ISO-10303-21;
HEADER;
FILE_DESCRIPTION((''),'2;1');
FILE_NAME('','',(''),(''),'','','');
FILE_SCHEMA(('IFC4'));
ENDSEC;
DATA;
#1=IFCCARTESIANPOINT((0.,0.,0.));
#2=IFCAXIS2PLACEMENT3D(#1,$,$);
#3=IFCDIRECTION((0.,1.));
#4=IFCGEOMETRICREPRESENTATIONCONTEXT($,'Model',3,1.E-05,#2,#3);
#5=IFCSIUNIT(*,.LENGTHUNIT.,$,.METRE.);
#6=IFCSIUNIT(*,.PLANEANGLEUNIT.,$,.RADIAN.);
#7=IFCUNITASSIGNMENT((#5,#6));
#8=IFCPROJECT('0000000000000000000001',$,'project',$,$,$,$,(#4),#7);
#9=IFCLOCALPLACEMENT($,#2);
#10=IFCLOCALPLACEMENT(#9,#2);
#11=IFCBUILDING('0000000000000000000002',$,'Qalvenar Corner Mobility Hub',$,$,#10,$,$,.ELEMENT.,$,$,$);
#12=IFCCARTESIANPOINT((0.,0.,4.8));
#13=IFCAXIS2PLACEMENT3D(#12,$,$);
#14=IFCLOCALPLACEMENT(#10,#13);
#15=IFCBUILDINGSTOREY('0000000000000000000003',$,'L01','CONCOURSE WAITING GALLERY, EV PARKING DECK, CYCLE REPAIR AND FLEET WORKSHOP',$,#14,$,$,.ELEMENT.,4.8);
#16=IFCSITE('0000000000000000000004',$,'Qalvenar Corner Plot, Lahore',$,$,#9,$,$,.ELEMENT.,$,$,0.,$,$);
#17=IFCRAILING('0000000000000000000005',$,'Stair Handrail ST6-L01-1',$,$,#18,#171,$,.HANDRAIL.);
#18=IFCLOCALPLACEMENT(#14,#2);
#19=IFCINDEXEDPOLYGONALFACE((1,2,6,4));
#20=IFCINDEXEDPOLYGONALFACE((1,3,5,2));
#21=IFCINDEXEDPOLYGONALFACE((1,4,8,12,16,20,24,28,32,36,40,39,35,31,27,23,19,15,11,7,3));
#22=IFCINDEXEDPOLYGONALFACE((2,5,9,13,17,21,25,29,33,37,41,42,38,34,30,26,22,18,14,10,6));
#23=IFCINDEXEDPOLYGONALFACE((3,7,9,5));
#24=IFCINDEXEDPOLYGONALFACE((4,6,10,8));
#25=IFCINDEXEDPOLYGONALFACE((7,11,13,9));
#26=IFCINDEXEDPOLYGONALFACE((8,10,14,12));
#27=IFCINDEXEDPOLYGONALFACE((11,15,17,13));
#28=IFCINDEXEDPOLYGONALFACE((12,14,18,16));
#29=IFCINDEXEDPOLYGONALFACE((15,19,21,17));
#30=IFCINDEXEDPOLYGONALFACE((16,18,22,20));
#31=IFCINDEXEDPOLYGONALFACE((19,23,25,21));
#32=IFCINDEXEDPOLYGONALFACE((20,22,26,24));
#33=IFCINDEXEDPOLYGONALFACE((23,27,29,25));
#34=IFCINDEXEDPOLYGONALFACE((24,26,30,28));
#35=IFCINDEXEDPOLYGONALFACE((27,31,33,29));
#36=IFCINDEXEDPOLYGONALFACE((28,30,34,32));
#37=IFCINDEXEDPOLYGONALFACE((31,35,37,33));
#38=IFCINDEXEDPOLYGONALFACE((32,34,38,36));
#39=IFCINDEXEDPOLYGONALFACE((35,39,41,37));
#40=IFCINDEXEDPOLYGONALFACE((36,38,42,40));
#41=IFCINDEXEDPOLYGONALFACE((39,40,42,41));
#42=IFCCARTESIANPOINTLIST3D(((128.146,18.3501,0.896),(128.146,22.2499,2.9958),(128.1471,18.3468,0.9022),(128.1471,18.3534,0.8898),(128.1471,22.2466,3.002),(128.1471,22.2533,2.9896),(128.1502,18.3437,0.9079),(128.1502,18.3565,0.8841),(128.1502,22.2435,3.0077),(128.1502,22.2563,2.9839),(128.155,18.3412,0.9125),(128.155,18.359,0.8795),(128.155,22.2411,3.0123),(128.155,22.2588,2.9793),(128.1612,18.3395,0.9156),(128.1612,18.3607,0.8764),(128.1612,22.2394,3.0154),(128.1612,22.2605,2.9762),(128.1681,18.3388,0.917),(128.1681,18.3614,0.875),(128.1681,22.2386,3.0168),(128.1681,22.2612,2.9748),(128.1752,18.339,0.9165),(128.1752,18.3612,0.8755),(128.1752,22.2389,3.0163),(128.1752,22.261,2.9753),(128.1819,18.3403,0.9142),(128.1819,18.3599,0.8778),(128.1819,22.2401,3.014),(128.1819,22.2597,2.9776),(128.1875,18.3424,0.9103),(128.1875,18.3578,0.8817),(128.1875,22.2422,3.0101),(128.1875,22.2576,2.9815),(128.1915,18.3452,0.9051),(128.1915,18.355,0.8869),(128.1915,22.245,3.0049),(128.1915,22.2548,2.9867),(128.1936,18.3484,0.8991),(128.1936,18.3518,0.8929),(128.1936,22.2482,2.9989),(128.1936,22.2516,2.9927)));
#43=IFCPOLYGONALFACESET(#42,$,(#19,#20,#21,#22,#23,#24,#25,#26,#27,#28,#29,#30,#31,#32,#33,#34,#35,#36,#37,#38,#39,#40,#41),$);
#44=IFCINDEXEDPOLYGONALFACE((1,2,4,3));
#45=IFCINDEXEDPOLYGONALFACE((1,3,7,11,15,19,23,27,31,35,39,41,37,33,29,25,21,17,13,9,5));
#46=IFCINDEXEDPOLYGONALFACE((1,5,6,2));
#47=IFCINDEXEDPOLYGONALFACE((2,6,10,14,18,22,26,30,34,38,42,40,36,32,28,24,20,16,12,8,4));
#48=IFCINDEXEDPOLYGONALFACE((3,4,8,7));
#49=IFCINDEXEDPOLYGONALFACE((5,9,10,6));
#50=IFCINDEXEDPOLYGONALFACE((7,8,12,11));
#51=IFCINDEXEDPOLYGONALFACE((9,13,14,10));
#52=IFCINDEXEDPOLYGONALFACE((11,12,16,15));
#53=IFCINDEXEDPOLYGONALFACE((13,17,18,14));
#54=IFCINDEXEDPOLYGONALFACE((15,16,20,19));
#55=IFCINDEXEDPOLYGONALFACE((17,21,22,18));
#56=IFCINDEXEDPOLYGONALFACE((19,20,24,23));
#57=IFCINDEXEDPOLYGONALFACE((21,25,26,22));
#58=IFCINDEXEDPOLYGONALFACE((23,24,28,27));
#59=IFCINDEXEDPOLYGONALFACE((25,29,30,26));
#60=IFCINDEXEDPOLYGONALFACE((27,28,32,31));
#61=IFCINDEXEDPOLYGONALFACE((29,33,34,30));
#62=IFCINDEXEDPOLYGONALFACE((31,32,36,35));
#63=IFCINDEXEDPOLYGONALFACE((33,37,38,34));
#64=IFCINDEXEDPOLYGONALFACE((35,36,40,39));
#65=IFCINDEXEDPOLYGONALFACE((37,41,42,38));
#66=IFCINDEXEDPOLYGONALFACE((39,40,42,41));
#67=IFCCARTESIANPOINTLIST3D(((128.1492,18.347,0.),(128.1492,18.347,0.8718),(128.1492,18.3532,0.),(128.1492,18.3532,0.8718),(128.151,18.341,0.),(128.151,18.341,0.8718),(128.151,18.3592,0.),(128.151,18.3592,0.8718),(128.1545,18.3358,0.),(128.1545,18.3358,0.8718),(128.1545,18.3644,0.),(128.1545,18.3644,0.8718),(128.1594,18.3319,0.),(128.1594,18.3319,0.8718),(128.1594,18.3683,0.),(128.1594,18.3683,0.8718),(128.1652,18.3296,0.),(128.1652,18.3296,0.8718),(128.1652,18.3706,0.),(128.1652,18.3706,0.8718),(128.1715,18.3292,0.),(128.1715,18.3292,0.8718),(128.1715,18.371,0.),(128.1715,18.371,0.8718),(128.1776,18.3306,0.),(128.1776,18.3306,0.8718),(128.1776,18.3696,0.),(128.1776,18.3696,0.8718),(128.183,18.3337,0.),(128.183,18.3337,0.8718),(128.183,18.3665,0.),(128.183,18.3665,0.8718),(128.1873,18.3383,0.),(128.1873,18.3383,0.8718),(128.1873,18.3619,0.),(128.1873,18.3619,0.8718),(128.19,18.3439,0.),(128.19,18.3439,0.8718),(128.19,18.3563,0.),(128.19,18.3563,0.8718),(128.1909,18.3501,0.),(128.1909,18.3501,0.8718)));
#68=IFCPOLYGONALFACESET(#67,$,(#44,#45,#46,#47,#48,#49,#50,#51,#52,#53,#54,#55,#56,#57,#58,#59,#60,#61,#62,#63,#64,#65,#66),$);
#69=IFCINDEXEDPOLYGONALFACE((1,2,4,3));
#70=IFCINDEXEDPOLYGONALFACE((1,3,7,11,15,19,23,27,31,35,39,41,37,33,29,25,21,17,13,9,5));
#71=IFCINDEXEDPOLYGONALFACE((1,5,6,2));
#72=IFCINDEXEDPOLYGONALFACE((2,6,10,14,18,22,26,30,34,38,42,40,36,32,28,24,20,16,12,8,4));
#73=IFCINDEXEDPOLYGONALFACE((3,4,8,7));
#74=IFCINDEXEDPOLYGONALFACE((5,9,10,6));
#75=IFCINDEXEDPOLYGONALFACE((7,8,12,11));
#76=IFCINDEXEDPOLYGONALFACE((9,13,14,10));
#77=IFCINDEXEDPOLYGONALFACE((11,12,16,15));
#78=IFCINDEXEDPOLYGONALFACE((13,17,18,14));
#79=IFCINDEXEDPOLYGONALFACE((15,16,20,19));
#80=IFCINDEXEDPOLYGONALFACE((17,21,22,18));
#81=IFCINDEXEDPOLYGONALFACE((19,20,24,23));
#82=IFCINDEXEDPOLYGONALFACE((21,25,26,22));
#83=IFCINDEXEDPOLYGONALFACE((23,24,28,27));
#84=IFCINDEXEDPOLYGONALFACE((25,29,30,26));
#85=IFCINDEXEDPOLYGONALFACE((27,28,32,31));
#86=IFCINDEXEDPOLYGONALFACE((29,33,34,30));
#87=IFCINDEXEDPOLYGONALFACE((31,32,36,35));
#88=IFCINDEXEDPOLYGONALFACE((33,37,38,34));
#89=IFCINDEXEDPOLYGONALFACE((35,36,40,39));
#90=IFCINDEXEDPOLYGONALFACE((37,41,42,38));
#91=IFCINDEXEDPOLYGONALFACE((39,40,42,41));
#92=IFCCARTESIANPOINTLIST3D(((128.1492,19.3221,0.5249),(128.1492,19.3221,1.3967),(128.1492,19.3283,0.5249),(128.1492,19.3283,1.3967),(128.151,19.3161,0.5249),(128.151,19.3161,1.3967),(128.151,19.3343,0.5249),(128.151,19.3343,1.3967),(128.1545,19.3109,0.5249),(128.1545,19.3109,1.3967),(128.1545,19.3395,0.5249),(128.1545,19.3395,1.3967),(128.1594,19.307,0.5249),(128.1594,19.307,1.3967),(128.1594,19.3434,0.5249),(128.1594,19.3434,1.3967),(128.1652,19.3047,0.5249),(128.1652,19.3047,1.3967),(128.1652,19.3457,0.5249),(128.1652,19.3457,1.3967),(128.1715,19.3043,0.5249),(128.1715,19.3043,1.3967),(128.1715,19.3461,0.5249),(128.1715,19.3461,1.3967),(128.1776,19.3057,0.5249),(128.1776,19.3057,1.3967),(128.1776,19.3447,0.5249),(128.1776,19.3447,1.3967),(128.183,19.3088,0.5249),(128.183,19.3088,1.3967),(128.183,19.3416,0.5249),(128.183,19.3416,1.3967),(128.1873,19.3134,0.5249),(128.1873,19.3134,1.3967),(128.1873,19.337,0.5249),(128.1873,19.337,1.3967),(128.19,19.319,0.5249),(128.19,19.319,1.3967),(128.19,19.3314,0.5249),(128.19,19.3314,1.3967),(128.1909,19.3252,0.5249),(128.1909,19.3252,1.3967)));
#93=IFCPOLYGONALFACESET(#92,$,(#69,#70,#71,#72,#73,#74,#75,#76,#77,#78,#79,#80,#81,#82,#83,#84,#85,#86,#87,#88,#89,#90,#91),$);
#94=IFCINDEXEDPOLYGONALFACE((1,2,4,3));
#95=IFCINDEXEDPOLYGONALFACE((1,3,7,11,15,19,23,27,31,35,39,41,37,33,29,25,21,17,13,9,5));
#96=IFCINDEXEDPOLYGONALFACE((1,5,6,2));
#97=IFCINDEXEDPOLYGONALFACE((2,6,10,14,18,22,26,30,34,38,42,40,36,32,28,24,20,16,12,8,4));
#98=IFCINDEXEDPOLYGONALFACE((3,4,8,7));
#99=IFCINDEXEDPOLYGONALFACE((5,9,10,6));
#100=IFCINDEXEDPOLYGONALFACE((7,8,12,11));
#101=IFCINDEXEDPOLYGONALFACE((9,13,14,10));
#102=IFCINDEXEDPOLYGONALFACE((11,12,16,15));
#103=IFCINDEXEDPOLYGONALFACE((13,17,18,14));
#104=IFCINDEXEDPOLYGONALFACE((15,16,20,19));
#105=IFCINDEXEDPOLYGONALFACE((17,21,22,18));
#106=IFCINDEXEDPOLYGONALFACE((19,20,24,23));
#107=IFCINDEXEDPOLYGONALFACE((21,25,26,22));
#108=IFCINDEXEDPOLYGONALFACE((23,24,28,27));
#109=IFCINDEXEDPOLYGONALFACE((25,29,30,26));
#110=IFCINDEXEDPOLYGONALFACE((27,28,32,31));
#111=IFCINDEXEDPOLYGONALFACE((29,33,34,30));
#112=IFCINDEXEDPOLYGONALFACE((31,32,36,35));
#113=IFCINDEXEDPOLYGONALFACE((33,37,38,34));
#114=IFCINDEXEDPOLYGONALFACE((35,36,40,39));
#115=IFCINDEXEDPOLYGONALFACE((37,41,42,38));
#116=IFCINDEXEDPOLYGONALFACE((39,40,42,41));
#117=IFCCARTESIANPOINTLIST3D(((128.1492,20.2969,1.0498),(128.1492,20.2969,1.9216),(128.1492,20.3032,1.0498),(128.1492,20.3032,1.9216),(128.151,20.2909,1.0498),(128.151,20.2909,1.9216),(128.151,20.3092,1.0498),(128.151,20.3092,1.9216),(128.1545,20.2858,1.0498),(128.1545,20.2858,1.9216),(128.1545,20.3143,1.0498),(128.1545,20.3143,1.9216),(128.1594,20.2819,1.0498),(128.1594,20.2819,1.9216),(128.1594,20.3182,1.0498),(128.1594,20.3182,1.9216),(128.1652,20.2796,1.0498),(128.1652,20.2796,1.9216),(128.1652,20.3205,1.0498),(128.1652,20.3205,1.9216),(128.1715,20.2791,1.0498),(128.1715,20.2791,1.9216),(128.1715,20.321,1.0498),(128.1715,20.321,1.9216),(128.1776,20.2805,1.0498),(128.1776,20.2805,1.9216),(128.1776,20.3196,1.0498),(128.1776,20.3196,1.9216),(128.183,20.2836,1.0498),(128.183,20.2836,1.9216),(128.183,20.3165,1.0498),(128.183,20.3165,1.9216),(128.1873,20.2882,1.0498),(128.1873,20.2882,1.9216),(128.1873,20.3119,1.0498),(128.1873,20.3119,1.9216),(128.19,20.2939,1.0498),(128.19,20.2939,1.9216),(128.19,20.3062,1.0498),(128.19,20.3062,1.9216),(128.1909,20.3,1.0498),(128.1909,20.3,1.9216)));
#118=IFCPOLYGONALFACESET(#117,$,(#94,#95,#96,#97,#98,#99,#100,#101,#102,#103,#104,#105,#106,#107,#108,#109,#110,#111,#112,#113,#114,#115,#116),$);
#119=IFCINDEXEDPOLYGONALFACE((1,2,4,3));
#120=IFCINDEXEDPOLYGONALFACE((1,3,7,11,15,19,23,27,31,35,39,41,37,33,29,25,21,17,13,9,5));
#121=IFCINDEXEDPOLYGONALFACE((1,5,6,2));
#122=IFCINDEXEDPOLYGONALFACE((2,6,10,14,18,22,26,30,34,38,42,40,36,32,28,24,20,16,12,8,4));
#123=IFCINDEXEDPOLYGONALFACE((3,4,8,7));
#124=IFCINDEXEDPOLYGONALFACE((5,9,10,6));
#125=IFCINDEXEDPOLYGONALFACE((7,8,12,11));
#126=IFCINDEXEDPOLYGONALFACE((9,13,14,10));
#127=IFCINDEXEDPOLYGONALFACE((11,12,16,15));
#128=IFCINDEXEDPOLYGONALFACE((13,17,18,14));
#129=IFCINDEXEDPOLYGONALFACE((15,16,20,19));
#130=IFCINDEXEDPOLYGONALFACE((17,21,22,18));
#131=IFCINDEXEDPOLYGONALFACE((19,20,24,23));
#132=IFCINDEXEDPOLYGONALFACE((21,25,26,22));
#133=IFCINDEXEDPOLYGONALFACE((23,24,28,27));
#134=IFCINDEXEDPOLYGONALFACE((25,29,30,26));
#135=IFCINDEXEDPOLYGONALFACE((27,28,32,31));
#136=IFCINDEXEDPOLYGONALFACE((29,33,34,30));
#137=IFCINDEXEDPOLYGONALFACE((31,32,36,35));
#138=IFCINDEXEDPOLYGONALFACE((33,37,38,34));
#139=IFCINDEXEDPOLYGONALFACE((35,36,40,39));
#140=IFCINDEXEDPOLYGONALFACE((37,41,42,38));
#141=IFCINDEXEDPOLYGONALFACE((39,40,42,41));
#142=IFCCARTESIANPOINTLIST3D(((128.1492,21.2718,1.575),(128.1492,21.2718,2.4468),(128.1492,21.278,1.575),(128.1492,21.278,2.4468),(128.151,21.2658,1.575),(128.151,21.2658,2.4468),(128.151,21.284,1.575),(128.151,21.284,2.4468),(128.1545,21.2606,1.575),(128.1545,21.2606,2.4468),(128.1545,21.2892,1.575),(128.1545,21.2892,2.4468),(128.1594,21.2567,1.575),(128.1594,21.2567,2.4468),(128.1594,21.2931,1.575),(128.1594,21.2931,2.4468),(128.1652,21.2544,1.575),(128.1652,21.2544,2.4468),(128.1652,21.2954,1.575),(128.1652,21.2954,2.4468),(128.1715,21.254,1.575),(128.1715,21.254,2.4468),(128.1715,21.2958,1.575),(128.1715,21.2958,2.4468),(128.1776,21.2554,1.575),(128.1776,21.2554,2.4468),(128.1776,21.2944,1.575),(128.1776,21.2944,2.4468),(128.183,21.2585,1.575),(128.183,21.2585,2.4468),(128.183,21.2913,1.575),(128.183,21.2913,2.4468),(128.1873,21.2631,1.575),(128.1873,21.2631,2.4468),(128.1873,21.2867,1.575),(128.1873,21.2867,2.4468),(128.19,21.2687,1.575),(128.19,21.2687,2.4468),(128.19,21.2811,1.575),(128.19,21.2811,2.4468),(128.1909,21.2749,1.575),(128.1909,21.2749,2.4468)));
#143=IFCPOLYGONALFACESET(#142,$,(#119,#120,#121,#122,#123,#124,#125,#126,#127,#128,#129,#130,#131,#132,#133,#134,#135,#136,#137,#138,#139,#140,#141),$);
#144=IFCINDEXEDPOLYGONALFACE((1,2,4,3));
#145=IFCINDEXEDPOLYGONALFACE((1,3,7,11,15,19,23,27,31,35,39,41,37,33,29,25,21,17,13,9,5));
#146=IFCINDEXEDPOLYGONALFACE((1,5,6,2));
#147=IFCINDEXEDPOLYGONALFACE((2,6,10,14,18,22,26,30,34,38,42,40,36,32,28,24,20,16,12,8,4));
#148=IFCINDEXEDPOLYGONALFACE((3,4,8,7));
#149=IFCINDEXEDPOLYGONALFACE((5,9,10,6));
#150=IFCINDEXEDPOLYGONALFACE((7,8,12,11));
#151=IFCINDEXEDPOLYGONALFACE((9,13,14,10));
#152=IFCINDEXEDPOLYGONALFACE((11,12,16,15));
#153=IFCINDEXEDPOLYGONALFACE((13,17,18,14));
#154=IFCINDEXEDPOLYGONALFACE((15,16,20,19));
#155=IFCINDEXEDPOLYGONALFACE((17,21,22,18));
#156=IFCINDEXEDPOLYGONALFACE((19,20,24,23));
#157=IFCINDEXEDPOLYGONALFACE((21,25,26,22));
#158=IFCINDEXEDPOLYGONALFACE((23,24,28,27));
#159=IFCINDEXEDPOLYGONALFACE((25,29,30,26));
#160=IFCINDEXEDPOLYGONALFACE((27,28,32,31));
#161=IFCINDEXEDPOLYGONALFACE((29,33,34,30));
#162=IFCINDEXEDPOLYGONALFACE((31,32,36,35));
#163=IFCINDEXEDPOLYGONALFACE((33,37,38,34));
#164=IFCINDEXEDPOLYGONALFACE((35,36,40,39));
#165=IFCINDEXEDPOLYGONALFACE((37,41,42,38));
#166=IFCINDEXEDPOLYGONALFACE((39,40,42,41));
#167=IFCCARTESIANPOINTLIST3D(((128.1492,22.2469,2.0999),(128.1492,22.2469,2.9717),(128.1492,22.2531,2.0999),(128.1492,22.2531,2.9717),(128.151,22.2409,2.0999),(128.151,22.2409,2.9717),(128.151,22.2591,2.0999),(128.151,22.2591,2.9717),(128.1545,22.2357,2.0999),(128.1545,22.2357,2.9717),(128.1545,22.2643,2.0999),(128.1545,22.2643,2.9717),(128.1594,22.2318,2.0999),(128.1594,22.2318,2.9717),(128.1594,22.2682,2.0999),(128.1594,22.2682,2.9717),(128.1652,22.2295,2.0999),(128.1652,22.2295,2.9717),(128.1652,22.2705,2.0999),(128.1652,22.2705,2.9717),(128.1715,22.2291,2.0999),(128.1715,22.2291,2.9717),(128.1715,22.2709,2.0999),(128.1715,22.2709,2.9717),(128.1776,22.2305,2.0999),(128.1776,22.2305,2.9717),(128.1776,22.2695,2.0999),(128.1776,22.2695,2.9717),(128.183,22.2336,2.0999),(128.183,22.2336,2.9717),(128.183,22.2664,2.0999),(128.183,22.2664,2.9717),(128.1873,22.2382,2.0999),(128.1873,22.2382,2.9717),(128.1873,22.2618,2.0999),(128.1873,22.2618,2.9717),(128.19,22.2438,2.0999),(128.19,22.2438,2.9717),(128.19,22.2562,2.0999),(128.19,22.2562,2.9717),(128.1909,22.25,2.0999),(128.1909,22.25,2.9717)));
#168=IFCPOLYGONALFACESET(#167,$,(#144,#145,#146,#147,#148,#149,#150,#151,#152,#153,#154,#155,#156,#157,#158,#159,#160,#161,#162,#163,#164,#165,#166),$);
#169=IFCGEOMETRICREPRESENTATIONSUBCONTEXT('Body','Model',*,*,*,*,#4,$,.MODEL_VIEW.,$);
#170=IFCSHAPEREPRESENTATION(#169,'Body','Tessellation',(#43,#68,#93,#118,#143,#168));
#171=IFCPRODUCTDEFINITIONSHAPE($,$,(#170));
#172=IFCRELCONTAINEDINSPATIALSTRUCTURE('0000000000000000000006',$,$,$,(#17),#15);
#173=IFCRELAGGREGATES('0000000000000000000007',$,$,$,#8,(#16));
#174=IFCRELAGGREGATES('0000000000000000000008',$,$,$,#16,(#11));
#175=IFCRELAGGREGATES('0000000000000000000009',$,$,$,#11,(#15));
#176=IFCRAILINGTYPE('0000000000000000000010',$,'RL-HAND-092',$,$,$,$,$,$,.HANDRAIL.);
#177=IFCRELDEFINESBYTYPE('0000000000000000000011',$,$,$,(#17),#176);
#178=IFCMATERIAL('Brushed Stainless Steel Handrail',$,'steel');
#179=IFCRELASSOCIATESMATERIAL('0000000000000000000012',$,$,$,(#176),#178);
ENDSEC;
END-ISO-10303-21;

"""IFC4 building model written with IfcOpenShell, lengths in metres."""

from ifc_helpers import new_model, si_unit, direction, frame, origin, origin_2d, place, context, subcontext, project, spatial, circle, extrude, material, type_object, element, save


model = new_model("IFC4")

# Units and contexts
model_context = context("Model", 3, precision=1e-05, world=origin(), true_north=direction((0.0, 1.0)))
body_context = subcontext(model_context, "Body", "Model", "MODEL_VIEW")
ifc_project = project(units=[si_unit("LENGTHUNIT", "METRE"), si_unit("PLANEANGLEUNIT", "RADIAN")], contexts=[model_context])

# Site, building, storey
site_placement = place(None, origin())
site = spatial("IfcSite", under=ifc_project, at=site_placement, Name="Qalvenar Corner Plot, Lahore", CompositionType="ELEMENT", RefElevation=0.0)
building_placement = place(site_placement, origin())
building = spatial("IfcBuilding", under=site, at=building_placement, Name="Qalvenar Corner Mobility Hub", CompositionType="ELEMENT")
storey_placement = place(building_placement, frame((0.0, 0.0, 4.8)))
storey = spatial("IfcBuildingStorey", under=building, at=storey_placement, Name="L01", Description="CONCOURSE WAITING GALLERY, EV PARKING DECK, CYCLE REPAIR AND FLEET WORKSHOP", CompositionType="ELEMENT", Elevation=4.8)

# Railing
ifc_material_1 = material(Name="Brushed Stainless Steel Handrail", Category="steel")
railing_type_1 = type_object("IfcRailingType", Name="RL-HAND-092", PredefinedType="HANDRAIL", material=ifc_material_1)
railing_1_placement = place(storey_placement, frame((128.1699, 18.3501, 0.0)))
element("IfcRailing", 1, at=railing_1_placement, inside=storey, type_object=railing_type_1, Name="Stair Handrail ST6-L01-1", PredefinedType="HANDRAIL", context=body_context, shape_type="SweptSolid", body=[
    extrude(circle(Radius=0.0239, at=origin_2d()), frame((0.0, 0.0, 0.896), z_axis=(0.0, 0.88048, 0.474083), x_axis=(-1.0, 0.0, 0.0)), (0.0, 0.0, 1.0), 4.4292),
    extrude(circle(Radius=0.021, at=origin_2d()), origin(), (0.0, 0.0, 1.0), 0.8718),
    extrude(circle(Radius=0.021, at=origin_2d()), frame((0.0, 0.9751, 0.5249)), (0.0, 0.0, 1.0), 0.8718),
    extrude(circle(Radius=0.021, at=origin_2d()), frame((0.0, 1.95, 1.0498)), (0.0, 0.0, 1.0), 0.8718),
    extrude(circle(Radius=0.021, at=origin_2d()), frame((0.0, 2.9248, 1.575)), (0.0, 0.0, 1.0), 0.8718),
    extrude(circle(Radius=0.021, at=origin_2d()), frame((0.0, 3.8999, 2.0999)), (0.0, 0.0, 1.0), 0.8718),
])

save(model, "model.ifc")
